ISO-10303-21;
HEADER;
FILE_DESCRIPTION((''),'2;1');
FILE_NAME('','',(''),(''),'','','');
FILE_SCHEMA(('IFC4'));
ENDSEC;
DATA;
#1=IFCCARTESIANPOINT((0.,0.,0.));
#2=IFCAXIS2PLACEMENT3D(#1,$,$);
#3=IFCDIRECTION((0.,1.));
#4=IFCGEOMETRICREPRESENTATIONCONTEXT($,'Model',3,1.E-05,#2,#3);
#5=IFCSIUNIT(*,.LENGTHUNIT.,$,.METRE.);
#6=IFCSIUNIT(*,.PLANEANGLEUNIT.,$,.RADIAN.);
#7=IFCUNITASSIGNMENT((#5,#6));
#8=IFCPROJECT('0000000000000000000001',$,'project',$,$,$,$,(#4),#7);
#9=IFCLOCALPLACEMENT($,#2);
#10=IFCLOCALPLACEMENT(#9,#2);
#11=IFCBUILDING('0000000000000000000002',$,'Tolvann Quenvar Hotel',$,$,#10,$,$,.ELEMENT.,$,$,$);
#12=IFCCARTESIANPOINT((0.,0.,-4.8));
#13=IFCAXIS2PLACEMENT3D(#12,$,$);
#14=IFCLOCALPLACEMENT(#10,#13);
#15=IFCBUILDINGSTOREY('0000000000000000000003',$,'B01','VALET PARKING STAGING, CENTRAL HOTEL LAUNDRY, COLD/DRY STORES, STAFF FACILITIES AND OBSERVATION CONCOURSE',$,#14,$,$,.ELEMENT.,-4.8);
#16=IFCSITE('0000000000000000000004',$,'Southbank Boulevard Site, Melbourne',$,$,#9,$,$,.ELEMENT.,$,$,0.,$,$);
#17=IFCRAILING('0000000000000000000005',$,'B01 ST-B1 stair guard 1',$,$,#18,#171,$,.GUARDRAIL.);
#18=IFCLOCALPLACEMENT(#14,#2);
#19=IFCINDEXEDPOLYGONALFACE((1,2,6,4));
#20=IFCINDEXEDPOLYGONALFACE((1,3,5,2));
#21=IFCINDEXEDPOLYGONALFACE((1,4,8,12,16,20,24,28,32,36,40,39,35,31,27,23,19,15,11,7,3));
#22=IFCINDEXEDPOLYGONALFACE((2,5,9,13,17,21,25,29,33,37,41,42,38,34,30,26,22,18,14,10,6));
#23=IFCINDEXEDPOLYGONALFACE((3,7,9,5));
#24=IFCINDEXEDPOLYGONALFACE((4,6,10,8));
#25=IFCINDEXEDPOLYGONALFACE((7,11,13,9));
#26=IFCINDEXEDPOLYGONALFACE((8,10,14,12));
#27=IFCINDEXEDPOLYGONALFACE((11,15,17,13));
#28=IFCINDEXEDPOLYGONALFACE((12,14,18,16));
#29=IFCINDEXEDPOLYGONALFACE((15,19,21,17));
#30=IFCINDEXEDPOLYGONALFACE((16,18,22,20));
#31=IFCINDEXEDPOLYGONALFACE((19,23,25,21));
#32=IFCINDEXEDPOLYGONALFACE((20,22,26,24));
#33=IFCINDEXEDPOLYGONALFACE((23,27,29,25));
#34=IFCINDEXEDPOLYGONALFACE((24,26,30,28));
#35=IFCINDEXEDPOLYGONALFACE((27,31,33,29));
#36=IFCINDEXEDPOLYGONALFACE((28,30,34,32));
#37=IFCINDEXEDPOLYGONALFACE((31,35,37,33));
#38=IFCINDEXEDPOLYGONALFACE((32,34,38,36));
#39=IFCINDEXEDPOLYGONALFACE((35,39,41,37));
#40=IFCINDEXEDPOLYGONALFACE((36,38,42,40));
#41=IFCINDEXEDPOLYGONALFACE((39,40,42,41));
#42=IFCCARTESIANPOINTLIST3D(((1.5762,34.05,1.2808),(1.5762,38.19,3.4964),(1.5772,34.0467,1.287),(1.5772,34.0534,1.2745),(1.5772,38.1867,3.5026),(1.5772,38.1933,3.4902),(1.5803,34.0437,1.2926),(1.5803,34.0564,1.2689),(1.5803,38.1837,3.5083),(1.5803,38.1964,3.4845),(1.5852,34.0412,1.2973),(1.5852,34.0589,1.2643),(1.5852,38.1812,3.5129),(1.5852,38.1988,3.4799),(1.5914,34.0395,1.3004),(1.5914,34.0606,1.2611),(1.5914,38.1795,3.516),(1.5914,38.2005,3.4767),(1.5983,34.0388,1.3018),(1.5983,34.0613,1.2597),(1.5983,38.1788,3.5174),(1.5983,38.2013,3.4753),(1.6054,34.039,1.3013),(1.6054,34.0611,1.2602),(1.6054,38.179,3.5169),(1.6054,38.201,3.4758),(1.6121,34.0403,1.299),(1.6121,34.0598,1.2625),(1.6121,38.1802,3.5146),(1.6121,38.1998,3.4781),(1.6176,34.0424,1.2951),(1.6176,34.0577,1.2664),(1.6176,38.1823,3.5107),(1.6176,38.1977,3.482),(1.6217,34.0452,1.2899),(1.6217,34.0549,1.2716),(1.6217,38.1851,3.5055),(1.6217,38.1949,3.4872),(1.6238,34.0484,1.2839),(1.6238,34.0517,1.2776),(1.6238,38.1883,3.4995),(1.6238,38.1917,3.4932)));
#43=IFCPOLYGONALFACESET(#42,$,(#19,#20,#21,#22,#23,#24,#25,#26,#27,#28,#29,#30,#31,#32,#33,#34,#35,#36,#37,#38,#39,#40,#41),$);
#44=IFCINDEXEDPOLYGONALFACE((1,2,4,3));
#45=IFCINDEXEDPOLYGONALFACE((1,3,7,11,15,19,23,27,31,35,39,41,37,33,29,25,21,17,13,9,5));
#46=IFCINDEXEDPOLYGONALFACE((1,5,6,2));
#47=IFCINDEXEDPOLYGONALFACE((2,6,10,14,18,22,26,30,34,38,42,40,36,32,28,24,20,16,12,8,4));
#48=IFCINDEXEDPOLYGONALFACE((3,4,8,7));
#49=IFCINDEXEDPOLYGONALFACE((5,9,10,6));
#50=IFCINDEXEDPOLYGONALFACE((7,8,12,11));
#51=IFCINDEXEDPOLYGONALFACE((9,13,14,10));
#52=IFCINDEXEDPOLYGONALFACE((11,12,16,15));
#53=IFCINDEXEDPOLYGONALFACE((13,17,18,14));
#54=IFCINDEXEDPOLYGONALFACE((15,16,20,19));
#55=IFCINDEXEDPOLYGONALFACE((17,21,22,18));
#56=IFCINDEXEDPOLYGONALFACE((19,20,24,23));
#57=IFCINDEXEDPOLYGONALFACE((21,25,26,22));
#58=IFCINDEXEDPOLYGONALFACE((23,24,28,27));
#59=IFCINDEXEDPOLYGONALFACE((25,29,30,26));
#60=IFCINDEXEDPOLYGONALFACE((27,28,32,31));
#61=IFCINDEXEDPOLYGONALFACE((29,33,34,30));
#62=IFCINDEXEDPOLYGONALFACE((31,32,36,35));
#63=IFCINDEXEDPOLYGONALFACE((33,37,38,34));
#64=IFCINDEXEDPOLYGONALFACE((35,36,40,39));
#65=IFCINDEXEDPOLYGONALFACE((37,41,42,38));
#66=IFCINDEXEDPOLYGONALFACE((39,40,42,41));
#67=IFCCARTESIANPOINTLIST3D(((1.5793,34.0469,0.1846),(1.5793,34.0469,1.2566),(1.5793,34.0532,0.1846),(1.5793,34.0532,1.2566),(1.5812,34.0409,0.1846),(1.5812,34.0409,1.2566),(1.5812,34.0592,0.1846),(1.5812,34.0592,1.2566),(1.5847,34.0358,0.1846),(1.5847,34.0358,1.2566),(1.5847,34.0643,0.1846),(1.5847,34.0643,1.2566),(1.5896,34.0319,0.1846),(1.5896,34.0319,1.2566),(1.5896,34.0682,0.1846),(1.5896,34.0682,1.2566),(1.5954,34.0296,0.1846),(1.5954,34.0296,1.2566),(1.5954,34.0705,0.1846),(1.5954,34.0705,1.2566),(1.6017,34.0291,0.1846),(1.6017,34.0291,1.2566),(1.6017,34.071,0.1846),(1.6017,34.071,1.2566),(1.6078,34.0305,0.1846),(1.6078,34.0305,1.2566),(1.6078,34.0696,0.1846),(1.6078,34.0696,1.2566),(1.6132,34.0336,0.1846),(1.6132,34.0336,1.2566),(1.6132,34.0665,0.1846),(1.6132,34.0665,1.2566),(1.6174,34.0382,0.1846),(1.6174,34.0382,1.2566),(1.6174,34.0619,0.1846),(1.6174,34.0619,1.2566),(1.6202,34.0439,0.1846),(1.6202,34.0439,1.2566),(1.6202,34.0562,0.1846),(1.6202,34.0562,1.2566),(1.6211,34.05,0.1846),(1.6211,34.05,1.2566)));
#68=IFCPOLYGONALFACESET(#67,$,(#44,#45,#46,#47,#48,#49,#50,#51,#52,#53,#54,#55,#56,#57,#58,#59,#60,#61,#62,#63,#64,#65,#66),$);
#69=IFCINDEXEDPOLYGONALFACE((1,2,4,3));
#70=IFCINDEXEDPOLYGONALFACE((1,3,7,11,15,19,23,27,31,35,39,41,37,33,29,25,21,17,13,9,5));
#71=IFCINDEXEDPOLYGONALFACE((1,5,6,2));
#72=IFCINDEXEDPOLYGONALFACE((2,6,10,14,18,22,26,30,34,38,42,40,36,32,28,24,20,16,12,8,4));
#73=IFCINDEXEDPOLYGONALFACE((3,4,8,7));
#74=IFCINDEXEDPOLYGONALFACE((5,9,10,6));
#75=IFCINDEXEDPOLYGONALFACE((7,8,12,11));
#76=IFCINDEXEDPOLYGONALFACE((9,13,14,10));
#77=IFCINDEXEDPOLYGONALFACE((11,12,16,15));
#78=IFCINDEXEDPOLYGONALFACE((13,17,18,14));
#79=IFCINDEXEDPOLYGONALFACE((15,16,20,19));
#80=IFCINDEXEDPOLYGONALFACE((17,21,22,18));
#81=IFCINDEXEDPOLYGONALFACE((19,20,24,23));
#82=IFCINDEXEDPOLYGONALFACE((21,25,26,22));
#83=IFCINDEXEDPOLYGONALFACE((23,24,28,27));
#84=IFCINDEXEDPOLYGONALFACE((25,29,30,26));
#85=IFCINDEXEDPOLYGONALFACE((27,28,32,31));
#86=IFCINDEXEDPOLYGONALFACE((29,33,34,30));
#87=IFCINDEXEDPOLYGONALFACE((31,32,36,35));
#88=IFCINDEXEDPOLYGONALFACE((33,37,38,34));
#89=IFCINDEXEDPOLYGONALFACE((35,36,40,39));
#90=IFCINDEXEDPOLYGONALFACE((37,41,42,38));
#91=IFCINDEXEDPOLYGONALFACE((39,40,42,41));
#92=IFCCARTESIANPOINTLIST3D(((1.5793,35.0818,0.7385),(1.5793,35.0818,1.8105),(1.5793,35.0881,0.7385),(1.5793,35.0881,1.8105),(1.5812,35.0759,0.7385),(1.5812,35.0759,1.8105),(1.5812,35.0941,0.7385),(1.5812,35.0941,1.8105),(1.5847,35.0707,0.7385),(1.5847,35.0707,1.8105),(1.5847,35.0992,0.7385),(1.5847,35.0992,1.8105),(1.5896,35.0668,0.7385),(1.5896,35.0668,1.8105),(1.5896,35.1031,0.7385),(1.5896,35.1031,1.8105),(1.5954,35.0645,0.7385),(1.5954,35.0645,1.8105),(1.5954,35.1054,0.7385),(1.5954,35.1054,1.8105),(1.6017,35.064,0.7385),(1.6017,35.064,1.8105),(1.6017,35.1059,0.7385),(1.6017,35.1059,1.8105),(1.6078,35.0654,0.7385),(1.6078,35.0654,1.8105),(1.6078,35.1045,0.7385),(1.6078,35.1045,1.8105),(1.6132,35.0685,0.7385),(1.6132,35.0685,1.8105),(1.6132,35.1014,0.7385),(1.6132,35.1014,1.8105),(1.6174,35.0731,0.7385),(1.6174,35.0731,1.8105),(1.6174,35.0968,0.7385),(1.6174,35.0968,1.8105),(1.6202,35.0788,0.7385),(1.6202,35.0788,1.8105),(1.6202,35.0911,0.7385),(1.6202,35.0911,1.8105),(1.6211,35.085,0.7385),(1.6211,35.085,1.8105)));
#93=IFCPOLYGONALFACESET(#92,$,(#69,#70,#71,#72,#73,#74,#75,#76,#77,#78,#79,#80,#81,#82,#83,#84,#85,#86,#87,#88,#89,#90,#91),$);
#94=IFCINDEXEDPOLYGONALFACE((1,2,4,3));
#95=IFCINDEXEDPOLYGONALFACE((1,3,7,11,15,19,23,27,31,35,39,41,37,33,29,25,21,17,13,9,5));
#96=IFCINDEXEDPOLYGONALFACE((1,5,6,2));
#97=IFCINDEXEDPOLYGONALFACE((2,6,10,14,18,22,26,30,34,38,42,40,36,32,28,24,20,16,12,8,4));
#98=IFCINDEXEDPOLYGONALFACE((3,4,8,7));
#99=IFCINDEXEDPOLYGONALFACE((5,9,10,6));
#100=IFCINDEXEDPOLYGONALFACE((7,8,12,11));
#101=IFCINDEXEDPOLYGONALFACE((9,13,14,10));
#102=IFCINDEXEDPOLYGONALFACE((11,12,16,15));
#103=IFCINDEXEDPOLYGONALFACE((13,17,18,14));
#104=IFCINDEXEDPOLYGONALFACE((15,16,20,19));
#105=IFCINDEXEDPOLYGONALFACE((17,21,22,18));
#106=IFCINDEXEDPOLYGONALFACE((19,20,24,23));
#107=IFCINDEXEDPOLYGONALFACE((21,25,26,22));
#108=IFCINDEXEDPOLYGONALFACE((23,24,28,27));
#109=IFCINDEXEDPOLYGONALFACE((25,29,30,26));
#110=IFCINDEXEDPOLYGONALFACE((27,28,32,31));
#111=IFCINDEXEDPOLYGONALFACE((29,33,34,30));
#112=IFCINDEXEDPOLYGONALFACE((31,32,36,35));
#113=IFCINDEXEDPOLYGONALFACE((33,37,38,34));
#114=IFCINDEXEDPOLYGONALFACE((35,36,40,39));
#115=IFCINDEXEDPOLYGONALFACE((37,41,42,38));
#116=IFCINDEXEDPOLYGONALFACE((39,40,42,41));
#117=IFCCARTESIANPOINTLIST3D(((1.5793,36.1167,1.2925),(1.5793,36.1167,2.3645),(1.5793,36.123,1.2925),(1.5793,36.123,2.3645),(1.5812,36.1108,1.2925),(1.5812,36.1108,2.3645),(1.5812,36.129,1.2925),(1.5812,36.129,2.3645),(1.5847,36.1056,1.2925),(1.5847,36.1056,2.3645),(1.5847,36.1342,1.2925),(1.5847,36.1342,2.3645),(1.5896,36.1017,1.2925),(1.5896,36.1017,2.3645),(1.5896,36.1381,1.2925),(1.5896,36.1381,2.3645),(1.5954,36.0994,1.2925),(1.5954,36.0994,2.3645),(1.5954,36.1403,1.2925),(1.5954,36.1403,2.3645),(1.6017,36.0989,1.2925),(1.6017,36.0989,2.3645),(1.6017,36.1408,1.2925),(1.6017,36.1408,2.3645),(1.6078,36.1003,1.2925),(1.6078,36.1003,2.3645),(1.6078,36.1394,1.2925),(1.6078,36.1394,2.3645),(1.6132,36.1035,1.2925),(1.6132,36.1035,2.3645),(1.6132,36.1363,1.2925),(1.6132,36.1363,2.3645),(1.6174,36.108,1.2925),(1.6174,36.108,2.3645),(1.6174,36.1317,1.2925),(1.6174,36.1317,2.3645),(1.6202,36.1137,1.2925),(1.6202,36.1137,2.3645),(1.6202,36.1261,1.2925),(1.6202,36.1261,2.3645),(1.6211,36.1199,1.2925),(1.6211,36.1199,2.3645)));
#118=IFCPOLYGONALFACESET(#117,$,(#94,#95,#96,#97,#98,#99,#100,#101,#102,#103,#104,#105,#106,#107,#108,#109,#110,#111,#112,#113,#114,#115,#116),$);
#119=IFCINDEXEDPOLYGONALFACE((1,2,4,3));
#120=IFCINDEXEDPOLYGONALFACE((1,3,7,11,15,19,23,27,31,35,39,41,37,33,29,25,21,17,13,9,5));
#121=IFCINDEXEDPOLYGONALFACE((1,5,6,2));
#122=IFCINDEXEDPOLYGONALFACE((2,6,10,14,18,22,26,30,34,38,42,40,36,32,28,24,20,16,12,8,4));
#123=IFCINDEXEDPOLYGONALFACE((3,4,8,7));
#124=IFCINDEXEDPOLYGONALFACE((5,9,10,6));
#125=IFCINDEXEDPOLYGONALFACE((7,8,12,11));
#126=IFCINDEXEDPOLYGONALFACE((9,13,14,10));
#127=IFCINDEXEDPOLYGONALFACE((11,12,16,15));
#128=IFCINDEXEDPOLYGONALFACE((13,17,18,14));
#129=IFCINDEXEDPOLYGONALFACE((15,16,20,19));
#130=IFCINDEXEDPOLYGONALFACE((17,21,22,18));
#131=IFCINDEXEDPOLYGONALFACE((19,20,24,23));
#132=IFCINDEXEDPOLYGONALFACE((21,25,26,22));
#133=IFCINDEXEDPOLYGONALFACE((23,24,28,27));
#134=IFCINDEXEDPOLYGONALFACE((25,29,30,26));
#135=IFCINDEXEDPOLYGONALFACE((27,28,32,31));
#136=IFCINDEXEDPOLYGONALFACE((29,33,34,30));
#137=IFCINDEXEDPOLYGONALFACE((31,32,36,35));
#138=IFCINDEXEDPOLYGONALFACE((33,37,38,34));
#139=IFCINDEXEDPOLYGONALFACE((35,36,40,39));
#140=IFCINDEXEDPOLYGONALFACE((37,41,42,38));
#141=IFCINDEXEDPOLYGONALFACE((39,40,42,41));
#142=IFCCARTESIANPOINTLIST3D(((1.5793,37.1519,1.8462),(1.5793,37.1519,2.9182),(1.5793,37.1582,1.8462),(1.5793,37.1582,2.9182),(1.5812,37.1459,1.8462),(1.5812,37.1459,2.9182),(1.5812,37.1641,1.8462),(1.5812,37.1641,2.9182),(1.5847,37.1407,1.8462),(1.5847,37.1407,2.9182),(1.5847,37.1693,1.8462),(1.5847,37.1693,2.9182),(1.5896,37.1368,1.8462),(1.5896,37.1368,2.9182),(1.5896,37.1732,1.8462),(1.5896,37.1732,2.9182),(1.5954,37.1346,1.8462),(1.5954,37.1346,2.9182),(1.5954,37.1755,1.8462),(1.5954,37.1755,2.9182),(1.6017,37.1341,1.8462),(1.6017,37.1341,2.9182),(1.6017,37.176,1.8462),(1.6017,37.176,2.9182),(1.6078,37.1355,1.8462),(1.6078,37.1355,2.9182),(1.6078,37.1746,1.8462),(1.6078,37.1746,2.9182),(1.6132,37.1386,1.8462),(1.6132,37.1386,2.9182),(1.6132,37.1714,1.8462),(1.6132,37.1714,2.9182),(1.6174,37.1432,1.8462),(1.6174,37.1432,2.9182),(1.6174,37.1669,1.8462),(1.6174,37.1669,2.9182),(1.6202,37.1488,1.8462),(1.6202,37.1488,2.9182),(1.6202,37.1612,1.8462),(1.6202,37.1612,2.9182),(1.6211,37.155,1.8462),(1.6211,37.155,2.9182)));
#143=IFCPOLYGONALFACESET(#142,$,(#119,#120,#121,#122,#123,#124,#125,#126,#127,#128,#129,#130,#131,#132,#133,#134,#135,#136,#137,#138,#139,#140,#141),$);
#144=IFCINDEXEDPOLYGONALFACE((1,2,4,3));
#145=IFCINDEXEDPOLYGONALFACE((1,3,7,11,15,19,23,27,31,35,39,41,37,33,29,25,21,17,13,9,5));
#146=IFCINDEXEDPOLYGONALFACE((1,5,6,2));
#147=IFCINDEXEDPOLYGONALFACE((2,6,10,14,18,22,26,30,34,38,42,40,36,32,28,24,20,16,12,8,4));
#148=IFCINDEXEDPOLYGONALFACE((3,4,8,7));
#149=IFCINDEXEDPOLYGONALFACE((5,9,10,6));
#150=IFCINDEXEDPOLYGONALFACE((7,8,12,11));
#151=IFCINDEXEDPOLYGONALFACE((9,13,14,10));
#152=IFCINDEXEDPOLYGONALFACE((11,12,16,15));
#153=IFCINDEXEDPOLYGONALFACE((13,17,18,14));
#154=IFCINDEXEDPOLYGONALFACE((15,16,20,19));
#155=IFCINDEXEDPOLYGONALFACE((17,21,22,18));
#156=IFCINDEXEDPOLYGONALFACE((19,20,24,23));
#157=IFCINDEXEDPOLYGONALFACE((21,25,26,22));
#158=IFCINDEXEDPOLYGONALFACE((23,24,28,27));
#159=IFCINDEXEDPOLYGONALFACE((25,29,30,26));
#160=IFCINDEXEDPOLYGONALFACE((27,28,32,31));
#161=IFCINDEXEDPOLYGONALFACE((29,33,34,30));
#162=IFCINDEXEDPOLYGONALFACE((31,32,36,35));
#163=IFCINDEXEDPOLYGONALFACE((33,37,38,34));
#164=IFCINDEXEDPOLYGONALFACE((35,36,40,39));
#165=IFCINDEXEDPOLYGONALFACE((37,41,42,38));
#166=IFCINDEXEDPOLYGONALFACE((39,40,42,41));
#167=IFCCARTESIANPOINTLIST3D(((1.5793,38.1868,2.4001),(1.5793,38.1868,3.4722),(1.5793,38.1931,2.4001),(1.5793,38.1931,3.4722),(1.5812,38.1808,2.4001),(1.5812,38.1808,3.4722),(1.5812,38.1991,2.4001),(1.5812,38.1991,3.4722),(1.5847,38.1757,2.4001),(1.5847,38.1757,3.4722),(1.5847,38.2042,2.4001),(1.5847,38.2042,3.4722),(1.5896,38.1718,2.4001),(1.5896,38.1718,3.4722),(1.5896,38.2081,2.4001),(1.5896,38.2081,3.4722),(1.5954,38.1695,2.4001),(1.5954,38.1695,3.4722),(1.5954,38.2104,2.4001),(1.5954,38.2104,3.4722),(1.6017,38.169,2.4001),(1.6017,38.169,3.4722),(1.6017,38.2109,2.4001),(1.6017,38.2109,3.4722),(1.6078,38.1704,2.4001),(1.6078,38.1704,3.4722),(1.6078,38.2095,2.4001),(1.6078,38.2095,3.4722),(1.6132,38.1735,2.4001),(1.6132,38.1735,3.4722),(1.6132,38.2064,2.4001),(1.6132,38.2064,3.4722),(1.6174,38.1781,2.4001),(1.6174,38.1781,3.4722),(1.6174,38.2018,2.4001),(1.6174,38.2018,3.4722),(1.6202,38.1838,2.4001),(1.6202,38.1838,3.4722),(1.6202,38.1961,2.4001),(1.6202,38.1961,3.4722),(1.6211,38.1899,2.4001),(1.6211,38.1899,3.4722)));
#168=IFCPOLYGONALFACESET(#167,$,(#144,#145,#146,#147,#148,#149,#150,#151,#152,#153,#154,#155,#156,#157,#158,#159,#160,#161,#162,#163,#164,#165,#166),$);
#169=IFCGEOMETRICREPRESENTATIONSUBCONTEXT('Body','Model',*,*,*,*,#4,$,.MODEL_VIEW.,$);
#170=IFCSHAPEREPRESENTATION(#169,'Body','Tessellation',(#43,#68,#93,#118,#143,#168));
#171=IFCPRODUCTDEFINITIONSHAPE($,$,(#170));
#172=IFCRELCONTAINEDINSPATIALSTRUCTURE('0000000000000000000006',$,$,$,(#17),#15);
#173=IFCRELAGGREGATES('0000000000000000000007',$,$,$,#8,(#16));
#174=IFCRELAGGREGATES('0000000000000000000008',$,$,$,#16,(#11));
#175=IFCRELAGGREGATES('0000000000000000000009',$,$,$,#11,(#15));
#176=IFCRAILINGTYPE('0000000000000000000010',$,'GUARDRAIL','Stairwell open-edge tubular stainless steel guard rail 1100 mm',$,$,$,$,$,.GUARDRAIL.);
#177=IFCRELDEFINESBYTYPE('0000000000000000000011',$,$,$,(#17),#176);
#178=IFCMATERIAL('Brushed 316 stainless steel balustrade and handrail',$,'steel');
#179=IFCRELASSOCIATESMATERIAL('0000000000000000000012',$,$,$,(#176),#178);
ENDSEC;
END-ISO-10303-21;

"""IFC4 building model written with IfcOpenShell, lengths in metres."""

from ifc_helpers import new_model, si_unit, direction, frame, origin, origin_2d, place, context, subcontext, project, spatial, circle, extrude, material, type_object, element, save


model = new_model("IFC4")

# Units and contexts
model_context = context("Model", 3, precision=1e-05, world=origin(), true_north=direction((0.0, 1.0)))
body_context = subcontext(model_context, "Body", "Model", "MODEL_VIEW")
ifc_project = project(units=[si_unit("LENGTHUNIT", "METRE"), si_unit("PLANEANGLEUNIT", "RADIAN")], contexts=[model_context])

# Site, building, storey
site_placement = place(None, origin())
site = spatial("IfcSite", under=ifc_project, at=site_placement, Name="Southbank Boulevard Site, Melbourne", CompositionType="ELEMENT", RefElevation=0.0)
building_placement = place(site_placement, origin())
building = spatial("IfcBuilding", under=site, at=building_placement, Name="Tolvann Quenvar Hotel", CompositionType="ELEMENT")
storey_placement = place(building_placement, frame((0.0, 0.0, -4.8)))
storey = spatial("IfcBuildingStorey", under=building, at=storey_placement, Name="B01", Description="VALET PARKING STAGING, CENTRAL HOTEL LAUNDRY, COLD/DRY STORES, STAFF FACILITIES AND OBSERVATION CONCOURSE", CompositionType="ELEMENT", Elevation=-4.8)

# Railing
ifc_material_1 = material(Name="Brushed 316 stainless steel balustrade and handrail", Category="steel")
railing_type_1 = type_object("IfcRailingType", Name="GUARDRAIL", Description="Stairwell open-edge tubular stainless steel guard rail 1100 mm", PredefinedType="GUARDRAIL", material=ifc_material_1)
railing_1_placement = place(storey_placement, frame((1.6001, 34.05, 0.1846)))
element("IfcRailing", 1, at=railing_1_placement, inside=storey, type_object=railing_type_1, Name="B01 ST-B1 stair guard 1", PredefinedType="GUARDRAIL", context=body_context, shape_type="SweptSolid", body=[
    extrude(circle(Radius=0.0239, at=origin_2d()), frame((0.0, 0.0, 1.0962), z_axis=(0.0, 0.881677, 0.471853), x_axis=(-1.0, 0.0, 0.0)), (0.0, 0.0, 1.0), 4.6956),
    extrude(circle(Radius=0.021, at=origin_2d()), origin(), (0.0, 0.0, 1.0), 1.072),
    extrude(circle(Radius=0.021, at=origin_2d()), frame((0.0, 1.0349, 0.554)), (0.0, 0.0, 1.0), 1.072),
    extrude(circle(Radius=0.021, at=origin_2d()), frame((0.0, 2.0698, 1.1079)), (0.0, 0.0, 1.0), 1.072),
    extrude(circle(Radius=0.021, at=origin_2d()), frame((0.0, 3.105, 1.6616)), (0.0, 0.0, 1.0), 1.072),
    extrude(circle(Radius=0.021, at=origin_2d()), frame((0.0, 4.1399, 2.2156)), (0.0, 0.0, 1.0), 1.072),
])

save(model, "model.ifc")
